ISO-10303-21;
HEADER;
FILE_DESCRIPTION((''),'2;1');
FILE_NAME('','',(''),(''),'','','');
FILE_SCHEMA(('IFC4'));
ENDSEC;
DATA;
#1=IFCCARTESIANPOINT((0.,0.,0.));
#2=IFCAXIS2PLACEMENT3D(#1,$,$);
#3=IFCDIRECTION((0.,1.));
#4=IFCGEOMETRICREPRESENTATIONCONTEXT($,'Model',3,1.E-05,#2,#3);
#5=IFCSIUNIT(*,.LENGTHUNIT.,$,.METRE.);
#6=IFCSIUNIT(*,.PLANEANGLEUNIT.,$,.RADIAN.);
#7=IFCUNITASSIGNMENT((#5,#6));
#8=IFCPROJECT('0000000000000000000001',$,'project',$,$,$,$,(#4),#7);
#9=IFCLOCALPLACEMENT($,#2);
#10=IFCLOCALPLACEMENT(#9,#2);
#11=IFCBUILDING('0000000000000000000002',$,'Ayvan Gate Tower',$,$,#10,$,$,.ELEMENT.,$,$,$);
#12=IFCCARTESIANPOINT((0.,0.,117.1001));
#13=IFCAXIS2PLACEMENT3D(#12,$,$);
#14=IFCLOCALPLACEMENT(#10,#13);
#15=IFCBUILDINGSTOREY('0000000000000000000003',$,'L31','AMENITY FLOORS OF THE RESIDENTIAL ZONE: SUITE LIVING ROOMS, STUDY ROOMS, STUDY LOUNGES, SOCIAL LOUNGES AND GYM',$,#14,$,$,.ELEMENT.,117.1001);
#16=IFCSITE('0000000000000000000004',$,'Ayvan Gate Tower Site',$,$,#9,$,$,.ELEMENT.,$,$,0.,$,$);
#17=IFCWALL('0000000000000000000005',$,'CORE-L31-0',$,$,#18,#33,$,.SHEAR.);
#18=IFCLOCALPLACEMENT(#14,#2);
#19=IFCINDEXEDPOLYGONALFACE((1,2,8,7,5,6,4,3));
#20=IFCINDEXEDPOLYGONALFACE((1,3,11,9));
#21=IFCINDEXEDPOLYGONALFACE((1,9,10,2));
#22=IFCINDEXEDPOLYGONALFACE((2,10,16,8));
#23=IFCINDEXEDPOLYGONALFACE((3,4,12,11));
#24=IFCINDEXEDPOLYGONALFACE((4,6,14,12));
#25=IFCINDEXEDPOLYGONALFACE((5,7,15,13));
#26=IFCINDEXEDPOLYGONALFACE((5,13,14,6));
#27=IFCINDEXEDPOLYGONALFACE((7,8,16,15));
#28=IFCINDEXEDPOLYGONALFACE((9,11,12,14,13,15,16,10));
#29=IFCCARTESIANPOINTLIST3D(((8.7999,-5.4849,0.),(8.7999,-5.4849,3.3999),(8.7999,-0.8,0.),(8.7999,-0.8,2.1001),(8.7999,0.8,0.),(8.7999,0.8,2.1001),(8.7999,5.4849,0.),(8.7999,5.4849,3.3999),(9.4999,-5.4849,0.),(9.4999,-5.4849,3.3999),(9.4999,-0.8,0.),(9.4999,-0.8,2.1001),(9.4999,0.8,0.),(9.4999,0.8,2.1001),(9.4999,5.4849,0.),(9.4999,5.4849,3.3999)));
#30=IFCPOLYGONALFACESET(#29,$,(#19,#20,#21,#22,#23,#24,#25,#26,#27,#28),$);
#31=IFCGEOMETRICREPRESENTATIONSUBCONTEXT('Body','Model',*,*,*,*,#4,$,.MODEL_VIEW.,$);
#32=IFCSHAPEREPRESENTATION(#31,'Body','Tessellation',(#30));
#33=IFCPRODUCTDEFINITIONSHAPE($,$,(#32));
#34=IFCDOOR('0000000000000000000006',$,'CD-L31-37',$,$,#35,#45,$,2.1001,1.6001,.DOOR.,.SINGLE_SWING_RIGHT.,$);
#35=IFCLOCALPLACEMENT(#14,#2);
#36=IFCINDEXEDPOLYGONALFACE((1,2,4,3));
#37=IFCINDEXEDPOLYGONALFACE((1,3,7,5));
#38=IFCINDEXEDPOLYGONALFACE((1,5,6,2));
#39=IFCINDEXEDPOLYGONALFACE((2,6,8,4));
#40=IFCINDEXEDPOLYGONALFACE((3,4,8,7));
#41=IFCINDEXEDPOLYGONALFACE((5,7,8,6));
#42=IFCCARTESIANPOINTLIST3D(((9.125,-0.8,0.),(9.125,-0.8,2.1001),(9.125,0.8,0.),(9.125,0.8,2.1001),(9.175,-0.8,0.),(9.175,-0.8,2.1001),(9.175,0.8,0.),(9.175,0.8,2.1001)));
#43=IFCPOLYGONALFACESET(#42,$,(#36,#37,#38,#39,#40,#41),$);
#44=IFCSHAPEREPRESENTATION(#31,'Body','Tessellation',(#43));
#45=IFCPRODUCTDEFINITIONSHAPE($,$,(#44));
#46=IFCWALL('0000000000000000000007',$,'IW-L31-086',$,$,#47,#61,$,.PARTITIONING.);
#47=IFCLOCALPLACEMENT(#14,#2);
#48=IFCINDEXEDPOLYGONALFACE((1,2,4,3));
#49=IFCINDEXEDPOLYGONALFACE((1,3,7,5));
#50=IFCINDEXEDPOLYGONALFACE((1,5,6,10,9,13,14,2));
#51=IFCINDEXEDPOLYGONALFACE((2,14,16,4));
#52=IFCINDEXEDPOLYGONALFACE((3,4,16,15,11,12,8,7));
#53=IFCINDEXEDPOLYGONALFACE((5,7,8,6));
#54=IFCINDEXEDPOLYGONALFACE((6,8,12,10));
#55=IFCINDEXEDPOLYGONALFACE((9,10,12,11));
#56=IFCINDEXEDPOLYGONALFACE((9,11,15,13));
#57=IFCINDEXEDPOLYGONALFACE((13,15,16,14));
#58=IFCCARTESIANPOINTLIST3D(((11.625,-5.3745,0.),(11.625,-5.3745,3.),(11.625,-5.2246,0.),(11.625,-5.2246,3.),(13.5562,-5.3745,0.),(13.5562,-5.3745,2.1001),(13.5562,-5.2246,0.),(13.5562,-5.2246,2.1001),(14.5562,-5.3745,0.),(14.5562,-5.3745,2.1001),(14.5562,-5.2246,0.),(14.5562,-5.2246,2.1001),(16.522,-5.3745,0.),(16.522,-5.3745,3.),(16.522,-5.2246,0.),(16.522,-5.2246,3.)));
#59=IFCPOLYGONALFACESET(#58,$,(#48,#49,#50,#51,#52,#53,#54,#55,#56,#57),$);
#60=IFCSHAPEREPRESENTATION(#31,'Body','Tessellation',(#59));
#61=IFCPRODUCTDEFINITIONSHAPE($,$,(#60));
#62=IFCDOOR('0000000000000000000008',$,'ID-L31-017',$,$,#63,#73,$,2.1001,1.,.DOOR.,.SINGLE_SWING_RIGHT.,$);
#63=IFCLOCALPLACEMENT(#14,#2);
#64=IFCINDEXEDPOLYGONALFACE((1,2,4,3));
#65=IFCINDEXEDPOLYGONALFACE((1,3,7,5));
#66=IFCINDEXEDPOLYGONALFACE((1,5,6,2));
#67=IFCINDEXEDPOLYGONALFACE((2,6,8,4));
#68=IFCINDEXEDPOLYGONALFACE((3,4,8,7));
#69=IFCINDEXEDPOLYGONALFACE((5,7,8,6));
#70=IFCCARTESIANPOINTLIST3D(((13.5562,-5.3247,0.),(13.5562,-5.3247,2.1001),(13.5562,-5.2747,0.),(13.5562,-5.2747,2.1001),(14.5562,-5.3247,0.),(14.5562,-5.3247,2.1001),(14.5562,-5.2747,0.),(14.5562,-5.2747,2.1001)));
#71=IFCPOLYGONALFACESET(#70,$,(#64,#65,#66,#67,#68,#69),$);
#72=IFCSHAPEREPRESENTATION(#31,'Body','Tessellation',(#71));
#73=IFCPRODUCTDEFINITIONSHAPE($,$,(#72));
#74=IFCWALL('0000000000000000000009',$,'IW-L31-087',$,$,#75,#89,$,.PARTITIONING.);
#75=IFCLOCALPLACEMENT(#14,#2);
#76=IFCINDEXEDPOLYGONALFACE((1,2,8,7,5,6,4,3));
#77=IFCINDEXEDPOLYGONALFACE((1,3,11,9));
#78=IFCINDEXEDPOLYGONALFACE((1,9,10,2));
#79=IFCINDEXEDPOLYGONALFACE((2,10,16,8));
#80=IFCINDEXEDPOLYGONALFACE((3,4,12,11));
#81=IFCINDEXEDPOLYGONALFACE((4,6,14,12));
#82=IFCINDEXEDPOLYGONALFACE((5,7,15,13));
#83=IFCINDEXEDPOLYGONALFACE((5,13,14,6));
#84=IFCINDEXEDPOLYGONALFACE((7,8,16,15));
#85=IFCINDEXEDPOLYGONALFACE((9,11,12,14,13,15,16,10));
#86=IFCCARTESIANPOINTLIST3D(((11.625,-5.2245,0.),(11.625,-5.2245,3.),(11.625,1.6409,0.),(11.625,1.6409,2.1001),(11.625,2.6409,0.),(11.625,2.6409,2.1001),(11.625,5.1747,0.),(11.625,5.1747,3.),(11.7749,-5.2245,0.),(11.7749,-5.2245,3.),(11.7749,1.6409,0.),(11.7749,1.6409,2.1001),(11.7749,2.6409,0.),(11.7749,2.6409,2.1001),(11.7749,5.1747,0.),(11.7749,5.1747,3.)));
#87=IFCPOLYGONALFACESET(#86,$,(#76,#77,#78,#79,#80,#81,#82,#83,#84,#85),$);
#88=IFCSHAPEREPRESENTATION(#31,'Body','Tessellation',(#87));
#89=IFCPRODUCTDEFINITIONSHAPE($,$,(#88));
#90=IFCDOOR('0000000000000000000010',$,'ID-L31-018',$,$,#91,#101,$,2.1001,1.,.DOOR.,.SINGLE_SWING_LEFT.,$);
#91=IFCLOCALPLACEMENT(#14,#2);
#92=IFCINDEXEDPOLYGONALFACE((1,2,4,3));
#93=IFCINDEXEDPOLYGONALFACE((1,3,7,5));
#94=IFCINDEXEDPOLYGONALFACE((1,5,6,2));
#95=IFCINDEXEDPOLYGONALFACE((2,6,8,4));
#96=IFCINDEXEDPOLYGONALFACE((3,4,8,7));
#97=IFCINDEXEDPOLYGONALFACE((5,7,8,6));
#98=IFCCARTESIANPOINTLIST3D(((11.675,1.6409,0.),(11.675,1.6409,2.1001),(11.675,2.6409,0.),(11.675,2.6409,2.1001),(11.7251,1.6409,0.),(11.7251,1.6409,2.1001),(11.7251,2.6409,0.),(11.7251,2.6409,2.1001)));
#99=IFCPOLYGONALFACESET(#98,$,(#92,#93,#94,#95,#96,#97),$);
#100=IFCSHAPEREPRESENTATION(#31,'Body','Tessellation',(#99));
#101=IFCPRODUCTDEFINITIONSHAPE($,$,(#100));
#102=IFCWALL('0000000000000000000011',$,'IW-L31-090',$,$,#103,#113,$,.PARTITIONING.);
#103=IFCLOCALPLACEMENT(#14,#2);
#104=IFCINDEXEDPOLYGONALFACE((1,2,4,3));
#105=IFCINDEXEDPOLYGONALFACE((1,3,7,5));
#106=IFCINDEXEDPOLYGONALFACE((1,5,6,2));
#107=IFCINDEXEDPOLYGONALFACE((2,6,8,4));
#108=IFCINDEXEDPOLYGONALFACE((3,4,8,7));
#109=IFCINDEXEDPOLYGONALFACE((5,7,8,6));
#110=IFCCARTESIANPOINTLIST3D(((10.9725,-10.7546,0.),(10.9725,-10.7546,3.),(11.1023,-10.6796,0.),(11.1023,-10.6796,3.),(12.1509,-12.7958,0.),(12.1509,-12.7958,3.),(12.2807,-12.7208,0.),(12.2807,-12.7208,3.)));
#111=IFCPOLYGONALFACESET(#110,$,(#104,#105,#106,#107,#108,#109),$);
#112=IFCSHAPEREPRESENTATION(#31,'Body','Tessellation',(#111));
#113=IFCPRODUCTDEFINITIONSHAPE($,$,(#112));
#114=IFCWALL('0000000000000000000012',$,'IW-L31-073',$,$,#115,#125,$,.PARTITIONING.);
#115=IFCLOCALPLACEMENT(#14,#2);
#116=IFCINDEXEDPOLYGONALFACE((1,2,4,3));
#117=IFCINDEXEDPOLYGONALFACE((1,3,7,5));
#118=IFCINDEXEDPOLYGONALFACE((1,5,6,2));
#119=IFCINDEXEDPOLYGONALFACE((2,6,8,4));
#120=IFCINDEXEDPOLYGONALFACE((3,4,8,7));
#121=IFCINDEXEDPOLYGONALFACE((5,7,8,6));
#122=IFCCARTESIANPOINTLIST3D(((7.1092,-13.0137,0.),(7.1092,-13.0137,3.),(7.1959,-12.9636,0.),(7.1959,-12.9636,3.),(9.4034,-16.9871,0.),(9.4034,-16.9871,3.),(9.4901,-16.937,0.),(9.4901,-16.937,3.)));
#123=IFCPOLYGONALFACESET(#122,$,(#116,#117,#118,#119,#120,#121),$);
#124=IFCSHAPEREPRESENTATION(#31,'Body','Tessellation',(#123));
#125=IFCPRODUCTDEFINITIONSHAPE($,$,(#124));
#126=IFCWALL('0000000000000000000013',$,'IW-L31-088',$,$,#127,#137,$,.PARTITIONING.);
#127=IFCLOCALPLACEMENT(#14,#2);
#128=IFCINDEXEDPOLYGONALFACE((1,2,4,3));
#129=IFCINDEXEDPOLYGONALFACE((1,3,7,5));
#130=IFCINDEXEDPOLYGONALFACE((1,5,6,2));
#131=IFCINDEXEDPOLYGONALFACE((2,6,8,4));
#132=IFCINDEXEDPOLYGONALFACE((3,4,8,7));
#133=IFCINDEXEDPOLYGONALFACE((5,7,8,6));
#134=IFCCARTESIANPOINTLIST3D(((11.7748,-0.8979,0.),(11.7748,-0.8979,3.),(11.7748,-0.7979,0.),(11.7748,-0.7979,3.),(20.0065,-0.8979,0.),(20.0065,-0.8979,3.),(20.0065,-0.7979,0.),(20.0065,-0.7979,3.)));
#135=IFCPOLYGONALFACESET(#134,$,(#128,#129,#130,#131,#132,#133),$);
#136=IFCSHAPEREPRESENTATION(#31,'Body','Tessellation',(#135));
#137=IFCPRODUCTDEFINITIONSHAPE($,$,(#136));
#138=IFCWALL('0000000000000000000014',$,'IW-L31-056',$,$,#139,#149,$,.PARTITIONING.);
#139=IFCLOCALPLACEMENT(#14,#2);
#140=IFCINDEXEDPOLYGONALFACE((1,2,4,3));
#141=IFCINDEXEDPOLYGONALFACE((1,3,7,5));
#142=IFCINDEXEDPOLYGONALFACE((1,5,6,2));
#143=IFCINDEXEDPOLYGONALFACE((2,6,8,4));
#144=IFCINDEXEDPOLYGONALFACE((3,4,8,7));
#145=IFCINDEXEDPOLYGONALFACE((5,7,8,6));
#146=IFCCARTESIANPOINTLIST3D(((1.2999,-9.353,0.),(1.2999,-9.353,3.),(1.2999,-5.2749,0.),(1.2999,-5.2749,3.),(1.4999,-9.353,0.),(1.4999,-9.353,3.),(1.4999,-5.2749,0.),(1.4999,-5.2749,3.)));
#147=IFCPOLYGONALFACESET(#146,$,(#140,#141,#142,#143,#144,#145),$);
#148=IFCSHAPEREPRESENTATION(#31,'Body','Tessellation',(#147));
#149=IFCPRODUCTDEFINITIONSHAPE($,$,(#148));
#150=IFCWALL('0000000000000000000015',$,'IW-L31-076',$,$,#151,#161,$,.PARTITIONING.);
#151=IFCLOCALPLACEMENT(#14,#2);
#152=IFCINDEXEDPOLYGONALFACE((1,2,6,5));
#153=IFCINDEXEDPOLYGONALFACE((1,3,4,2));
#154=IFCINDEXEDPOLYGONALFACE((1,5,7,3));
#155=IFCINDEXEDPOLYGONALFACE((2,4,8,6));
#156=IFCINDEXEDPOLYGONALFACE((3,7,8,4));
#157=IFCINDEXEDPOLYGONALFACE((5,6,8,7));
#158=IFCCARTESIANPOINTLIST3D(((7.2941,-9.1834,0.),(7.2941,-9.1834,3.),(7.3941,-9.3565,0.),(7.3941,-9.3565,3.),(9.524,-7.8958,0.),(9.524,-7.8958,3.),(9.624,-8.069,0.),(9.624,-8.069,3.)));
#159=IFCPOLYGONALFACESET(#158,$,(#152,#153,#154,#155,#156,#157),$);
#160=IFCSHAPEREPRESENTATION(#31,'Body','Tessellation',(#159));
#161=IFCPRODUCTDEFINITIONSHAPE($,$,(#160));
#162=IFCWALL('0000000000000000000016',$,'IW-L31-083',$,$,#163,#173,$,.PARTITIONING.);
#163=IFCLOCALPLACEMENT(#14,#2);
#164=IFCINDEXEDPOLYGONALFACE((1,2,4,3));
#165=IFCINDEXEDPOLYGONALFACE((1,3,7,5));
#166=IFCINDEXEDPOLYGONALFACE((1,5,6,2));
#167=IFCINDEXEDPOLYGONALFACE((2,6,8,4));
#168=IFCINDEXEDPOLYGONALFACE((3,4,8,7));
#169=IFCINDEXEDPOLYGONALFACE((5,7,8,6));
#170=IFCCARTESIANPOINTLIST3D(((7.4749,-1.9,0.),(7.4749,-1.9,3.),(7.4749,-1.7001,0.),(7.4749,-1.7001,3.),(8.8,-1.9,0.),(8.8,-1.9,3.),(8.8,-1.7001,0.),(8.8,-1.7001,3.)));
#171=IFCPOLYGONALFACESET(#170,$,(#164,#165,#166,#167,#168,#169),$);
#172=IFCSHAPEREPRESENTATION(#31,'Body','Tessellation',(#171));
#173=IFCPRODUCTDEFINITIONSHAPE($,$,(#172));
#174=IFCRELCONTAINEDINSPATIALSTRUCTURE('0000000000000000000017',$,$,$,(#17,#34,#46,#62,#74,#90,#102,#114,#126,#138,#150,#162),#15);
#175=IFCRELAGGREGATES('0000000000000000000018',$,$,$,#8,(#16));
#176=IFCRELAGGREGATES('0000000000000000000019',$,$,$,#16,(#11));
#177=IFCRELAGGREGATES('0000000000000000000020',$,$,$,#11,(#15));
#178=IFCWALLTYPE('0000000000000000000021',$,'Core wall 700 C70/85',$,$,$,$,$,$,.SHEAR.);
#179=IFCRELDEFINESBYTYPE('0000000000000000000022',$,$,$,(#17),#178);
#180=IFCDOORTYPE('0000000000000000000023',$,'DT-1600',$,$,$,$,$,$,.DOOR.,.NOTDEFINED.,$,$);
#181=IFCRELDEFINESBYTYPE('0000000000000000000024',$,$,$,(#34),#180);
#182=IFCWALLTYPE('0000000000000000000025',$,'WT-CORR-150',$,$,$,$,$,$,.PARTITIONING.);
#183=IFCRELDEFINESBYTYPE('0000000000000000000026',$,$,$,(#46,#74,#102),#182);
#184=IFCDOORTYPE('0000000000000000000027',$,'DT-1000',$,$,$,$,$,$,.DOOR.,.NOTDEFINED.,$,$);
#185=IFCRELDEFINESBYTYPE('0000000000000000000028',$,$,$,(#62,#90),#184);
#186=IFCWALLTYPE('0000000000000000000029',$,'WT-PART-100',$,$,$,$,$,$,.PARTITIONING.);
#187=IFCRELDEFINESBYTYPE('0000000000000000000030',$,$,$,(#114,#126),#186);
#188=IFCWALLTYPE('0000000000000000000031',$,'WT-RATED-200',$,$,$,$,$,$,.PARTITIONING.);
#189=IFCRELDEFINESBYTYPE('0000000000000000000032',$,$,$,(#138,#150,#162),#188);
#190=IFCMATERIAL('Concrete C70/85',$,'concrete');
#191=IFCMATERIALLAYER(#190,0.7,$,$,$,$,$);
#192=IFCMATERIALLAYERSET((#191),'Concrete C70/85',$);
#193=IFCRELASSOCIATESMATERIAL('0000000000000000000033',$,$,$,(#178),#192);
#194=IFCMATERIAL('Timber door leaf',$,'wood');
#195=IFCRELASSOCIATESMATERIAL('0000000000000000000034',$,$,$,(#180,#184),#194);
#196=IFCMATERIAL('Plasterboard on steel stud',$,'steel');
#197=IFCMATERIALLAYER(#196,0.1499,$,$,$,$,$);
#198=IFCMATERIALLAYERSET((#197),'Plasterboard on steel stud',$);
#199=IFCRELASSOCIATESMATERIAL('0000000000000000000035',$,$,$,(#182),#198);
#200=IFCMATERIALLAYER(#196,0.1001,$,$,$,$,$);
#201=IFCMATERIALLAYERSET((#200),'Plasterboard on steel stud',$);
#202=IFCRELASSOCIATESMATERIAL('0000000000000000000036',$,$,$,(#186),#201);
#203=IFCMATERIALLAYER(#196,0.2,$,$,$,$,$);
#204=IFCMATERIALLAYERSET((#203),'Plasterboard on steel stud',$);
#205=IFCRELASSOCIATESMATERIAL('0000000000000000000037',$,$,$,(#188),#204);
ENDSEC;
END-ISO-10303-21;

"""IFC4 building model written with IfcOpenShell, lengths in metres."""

from ifc_helpers import new_model, si_unit, direction, frame, frame_2d, origin, place, context, subcontext, project, spatial, rectangle, extrude, material, layer, layer_set, type_object, element, fill, save


model = new_model("IFC4")

# Units and contexts
model_context = context("Model", 3, precision=1e-05, world=origin(), true_north=direction((0.0, 1.0)))
body_context = subcontext(model_context, "Body", "Model", "MODEL_VIEW")
ifc_project = project(units=[si_unit("LENGTHUNIT", "METRE"), si_unit("PLANEANGLEUNIT", "RADIAN")], contexts=[model_context])

# Site, building, storey
site_placement = place(None, origin())
site = spatial("IfcSite", under=ifc_project, at=site_placement, Name="Ayvan Gate Tower Site", CompositionType="ELEMENT", RefElevation=0.0)
building_placement = place(site_placement, origin())
building = spatial("IfcBuilding", under=site, at=building_placement, Name="Ayvan Gate Tower", CompositionType="ELEMENT")
storey_placement = place(building_placement, frame((0.0, 0.0, 117.1001)))
storey = spatial("IfcBuildingStorey", under=building, at=storey_placement, Name="L31", Description="AMENITY FLOORS OF THE RESIDENTIAL ZONE: SUITE LIVING ROOMS, STUDY ROOMS, STUDY LOUNGES, SOCIAL LOUNGES AND GYM", CompositionType="ELEMENT", Elevation=117.1001)

# Walls, openings, doors
ifc_material_1 = material(Name="Concrete C70/85", Category="concrete")
ifc_layer_1 = layer(ifc_material_1, 0.7)
ifc_layer_set_1 = layer_set([ifc_layer_1], Name="Concrete C70/85")
wall_type_1 = type_object("IfcWallType", Name="Core wall 700 C70/85", PredefinedType="SHEAR", material=ifc_layer_set_1)
wall_1_placement = place(storey_placement, frame((9.1499, -5.4849, 0.0), z_axis=(0.0, 0.0, 1.0), x_axis=(0.0, 1.0, 0.0)))
wall_1 = element("IfcWall", 1, at=wall_1_placement, inside=storey, type_object=wall_type_1, Name="CORE-L31-0", PredefinedType="SHEAR", context=body_context, shape_type="SweptSolid", body=[
    extrude(rectangle(XDim=10.9697, YDim=0.7, at=frame_2d((5.4849, 0.0))), origin(), (0.0, 0.0, 1.0), 3.3999),
])
opening_1_placement = place(wall_1_placement, frame((4.6848, 0.0, 0.0)))
opening_1 = element("IfcOpeningElement", 2, at=opening_1_placement, cuts=wall_1, PredefinedType="OPENING", context=body_context, shape_type="SweptSolid", body=[
    extrude(rectangle(XDim=1.6001, YDim=2.1001, at=frame_2d((0.8, 1.05))), frame((0.0, 0.3599, 0.0), z_axis=(0.0, -1.0, 0.0), x_axis=(1.0, 0.0, 0.0)), (0.0, 0.0, 1.0), 0.72),
])
ifc_material_2 = material(Name="Timber door leaf", Category="wood")
door_type_1 = type_object("IfcDoorType", Name="DT-1600", OperationType="NOTDEFINED", PredefinedType="DOOR", material=ifc_material_2)
door_1_placement = place(opening_1_placement, origin())
door_1 = element("IfcDoor", 3, at=door_1_placement, inside=storey, type_object=door_type_1, Name="CD-L31-37", OperationType="SINGLE_SWING_RIGHT", OverallHeight=2.1001, OverallWidth=1.6001, PredefinedType="DOOR", context=body_context, shape_type="SweptSolid", body=[
    extrude(rectangle(XDim=1.6001, YDim=2.1001, at=frame_2d((0.8, 1.05))), frame((0.0, 0.0249, 0.0), z_axis=(0.0, -1.0, 0.0), x_axis=(1.0, 0.0, 0.0)), (0.0, 0.0, 1.0), 0.05),
])
fill(opening_1, door_1)
ifc_material_3 = material(Name="Plasterboard on steel stud", Category="steel")
ifc_layer_2 = layer(ifc_material_3, 0.1499)
ifc_layer_set_2 = layer_set([ifc_layer_2], Name="Plasterboard on steel stud")
wall_type_2 = type_object("IfcWallType", Name="WT-CORR-150", PredefinedType="PARTITIONING", material=ifc_layer_set_2)
wall_2_placement = place(storey_placement, frame((11.625, -5.2996, 0.0), z_axis=(0.0, 0.0, 1.0), x_axis=(1.0, 0.0, 0.0)))
wall_2 = element("IfcWall", 4, at=wall_2_placement, inside=storey, type_object=wall_type_2, Name="IW-L31-086", PredefinedType="PARTITIONING", context=body_context, shape_type="SweptSolid", body=[
    extrude(rectangle(XDim=4.897, YDim=0.1499, at=frame_2d((2.4485, 0.0))), origin(), (0.0, 0.0, 1.0), 3.0),
])
opening_2_placement = place(wall_2_placement, frame((1.9312, 0.0, 0.0)))
opening_2 = element("IfcOpeningElement", 5, at=opening_2_placement, cuts=wall_2, PredefinedType="OPENING", context=body_context, shape_type="SweptSolid", body=[
    extrude(rectangle(XDim=1.0, YDim=2.1001, at=frame_2d((0.5, 1.05))), frame((0.0, 0.085, 0.0), z_axis=(0.0, -1.0, 0.0), x_axis=(1.0, 0.0, 0.0)), (0.0, 0.0, 1.0), 0.1699),
])
door_type_2 = type_object("IfcDoorType", Name="DT-1000", OperationType="NOTDEFINED", PredefinedType="DOOR", material=ifc_material_2)
door_2_placement = place(opening_2_placement, origin())
door_2 = element("IfcDoor", 6, at=door_2_placement, inside=storey, type_object=door_type_2, Name="ID-L31-017", OperationType="SINGLE_SWING_RIGHT", OverallHeight=2.1001, OverallWidth=1.0, PredefinedType="DOOR", context=body_context, shape_type="SweptSolid", body=[
    extrude(rectangle(XDim=1.0, YDim=2.1001, at=frame_2d((0.5, 1.05))), frame((0.0, 0.0249, 0.0), z_axis=(0.0, -1.0, 0.0), x_axis=(1.0, 0.0, 0.0)), (0.0, 0.0, 1.0), 0.05),
])
fill(opening_2, door_2)
wall_3_placement = place(storey_placement, frame((11.7, -5.2246, 0.0), z_axis=(0.0, 0.0, 1.0), x_axis=(0.0, 1.0, 0.0)))
wall_3 = element("IfcWall", 7, at=wall_3_placement, inside=storey, type_object=wall_type_2, Name="IW-L31-087", PredefinedType="PARTITIONING", context=body_context, shape_type="SweptSolid", body=[
    extrude(rectangle(XDim=10.3992, YDim=0.1499, at=frame_2d((5.1997, 0.0))), origin(), (0.0, 0.0, 1.0), 3.0),
])
opening_3_placement = place(wall_3_placement, frame((6.8655, 0.0, 0.0)))
opening_3 = element("IfcOpeningElement", 8, at=opening_3_placement, cuts=wall_3, PredefinedType="OPENING", context=body_context, shape_type="SweptSolid", body=[
    extrude(rectangle(XDim=1.0, YDim=2.1001, at=frame_2d((0.5, 1.05))), frame((0.0, 0.085, 0.0), z_axis=(0.0, -1.0, 0.0), x_axis=(1.0, 0.0, 0.0)), (0.0, 0.0, 1.0), 0.1699),
])
door_3_placement = place(opening_3_placement, origin())
door_3 = element("IfcDoor", 9, at=door_3_placement, inside=storey, type_object=door_type_2, Name="ID-L31-018", OperationType="SINGLE_SWING_LEFT", OverallHeight=2.1001, OverallWidth=1.0, PredefinedType="DOOR", context=body_context, shape_type="SweptSolid", body=[
    extrude(rectangle(XDim=1.0, YDim=2.1001, at=frame_2d((0.5, 1.05))), frame((0.0, 0.0249, 0.0), z_axis=(0.0, -1.0, 0.0), x_axis=(1.0, 0.0, 0.0)), (0.0, 0.0, 1.0), 0.05),
])
fill(opening_3, door_3)

# Walls
wall_4_placement = place(storey_placement, frame((12.2158, -12.7583, 0.0), z_axis=(0.0, 0.0, 1.0), x_axis=(-0.499982, 0.866036, 0.0)))
element("IfcWall", 10, at=wall_4_placement, inside=storey, type_object=wall_type_2, Name="IW-L31-090", PredefinedType="PARTITIONING", context=body_context, shape_type="SweptSolid", body=[
    extrude(rectangle(XDim=2.3569, YDim=0.1499, at=frame_2d((1.1785, 0.0))), origin(), (0.0, 0.0, 1.0), 3.0),
])
ifc_layer_3 = layer(ifc_material_3, 0.1001)
ifc_layer_set_3 = layer_set([ifc_layer_3], Name="Plasterboard on steel stud")
wall_type_3 = type_object("IfcWallType", Name="WT-PART-100", PredefinedType="PARTITIONING", material=ifc_layer_set_3)
wall_5_placement = place(storey_placement, frame((7.1526, -12.9888, 0.0), z_axis=(0.0, 0.0, 1.0), x_axis=(0.500025, -0.866011, 0.0)))
element("IfcWall", 11, at=wall_5_placement, inside=storey, type_object=wall_type_3, Name="IW-L31-073", PredefinedType="PARTITIONING", context=body_context, shape_type="SweptSolid", body=[
    extrude(rectangle(XDim=4.5881, YDim=0.1001, at=frame_2d((2.2939, 0.0))), origin(), (0.0, 0.0, 1.0), 3.0),
])
wall_6_placement = place(storey_placement, frame((11.7749, -0.8479, 0.0), z_axis=(0.0, 0.0, 1.0), x_axis=(1.0, 0.0, 0.0)))
element("IfcWall", 12, at=wall_6_placement, inside=storey, type_object=wall_type_3, Name="IW-L31-088", PredefinedType="PARTITIONING", context=body_context, shape_type="SweptSolid", body=[
    extrude(rectangle(XDim=8.2317, YDim=0.1001, at=frame_2d((4.1157, 0.0))), origin(), (0.0, 0.0, 1.0), 3.0),
])
ifc_layer_4 = layer(ifc_material_3, 0.2)
ifc_layer_set_4 = layer_set([ifc_layer_4], Name="Plasterboard on steel stud")
wall_type_4 = type_object("IfcWallType", Name="WT-RATED-200", PredefinedType="PARTITIONING", material=ifc_layer_set_4)
wall_7_placement = place(storey_placement, frame((1.3999, -5.2749, 0.0), z_axis=(0.0, 0.0, 1.0), x_axis=(0.0, -1.0, 0.0)))
element("IfcWall", 13, at=wall_7_placement, inside=storey, type_object=wall_type_4, Name="IW-L31-056", PredefinedType="PARTITIONING", context=body_context, shape_type="SweptSolid", body=[
    extrude(rectangle(XDim=4.0781, YDim=0.2, at=frame_2d((2.0391, 0.0))), origin(), (0.0, 0.0, 1.0), 3.0),
])
wall_8_placement = place(storey_placement, frame((7.344, -9.27, 0.0), z_axis=(0.0, 0.0, 1.0), x_axis=(0.866006, 0.500034, 0.0)))
element("IfcWall", 14, at=wall_8_placement, inside=storey, type_object=wall_type_4, Name="IW-L31-076", PredefinedType="PARTITIONING", context=body_context, shape_type="SweptSolid", body=[
    extrude(rectangle(XDim=2.575, YDim=0.2, at=frame_2d((1.2876, 0.0))), origin(), (0.0, 0.0, 1.0), 3.0),
])
wall_9_placement = place(storey_placement, frame((8.8, -1.8, 0.0), z_axis=(0.0, 0.0, 1.0), x_axis=(-1.0, 0.0, 0.0)))
element("IfcWall", 15, at=wall_9_placement, inside=storey, type_object=wall_type_4, Name="IW-L31-083", PredefinedType="PARTITIONING", context=body_context, shape_type="SweptSolid", body=[
    extrude(rectangle(XDim=1.3252, YDim=0.2, at=frame_2d((0.6626, 0.0))), origin(), (0.0, 0.0, 1.0), 3.0),
])

save(model, "model.ifc")
